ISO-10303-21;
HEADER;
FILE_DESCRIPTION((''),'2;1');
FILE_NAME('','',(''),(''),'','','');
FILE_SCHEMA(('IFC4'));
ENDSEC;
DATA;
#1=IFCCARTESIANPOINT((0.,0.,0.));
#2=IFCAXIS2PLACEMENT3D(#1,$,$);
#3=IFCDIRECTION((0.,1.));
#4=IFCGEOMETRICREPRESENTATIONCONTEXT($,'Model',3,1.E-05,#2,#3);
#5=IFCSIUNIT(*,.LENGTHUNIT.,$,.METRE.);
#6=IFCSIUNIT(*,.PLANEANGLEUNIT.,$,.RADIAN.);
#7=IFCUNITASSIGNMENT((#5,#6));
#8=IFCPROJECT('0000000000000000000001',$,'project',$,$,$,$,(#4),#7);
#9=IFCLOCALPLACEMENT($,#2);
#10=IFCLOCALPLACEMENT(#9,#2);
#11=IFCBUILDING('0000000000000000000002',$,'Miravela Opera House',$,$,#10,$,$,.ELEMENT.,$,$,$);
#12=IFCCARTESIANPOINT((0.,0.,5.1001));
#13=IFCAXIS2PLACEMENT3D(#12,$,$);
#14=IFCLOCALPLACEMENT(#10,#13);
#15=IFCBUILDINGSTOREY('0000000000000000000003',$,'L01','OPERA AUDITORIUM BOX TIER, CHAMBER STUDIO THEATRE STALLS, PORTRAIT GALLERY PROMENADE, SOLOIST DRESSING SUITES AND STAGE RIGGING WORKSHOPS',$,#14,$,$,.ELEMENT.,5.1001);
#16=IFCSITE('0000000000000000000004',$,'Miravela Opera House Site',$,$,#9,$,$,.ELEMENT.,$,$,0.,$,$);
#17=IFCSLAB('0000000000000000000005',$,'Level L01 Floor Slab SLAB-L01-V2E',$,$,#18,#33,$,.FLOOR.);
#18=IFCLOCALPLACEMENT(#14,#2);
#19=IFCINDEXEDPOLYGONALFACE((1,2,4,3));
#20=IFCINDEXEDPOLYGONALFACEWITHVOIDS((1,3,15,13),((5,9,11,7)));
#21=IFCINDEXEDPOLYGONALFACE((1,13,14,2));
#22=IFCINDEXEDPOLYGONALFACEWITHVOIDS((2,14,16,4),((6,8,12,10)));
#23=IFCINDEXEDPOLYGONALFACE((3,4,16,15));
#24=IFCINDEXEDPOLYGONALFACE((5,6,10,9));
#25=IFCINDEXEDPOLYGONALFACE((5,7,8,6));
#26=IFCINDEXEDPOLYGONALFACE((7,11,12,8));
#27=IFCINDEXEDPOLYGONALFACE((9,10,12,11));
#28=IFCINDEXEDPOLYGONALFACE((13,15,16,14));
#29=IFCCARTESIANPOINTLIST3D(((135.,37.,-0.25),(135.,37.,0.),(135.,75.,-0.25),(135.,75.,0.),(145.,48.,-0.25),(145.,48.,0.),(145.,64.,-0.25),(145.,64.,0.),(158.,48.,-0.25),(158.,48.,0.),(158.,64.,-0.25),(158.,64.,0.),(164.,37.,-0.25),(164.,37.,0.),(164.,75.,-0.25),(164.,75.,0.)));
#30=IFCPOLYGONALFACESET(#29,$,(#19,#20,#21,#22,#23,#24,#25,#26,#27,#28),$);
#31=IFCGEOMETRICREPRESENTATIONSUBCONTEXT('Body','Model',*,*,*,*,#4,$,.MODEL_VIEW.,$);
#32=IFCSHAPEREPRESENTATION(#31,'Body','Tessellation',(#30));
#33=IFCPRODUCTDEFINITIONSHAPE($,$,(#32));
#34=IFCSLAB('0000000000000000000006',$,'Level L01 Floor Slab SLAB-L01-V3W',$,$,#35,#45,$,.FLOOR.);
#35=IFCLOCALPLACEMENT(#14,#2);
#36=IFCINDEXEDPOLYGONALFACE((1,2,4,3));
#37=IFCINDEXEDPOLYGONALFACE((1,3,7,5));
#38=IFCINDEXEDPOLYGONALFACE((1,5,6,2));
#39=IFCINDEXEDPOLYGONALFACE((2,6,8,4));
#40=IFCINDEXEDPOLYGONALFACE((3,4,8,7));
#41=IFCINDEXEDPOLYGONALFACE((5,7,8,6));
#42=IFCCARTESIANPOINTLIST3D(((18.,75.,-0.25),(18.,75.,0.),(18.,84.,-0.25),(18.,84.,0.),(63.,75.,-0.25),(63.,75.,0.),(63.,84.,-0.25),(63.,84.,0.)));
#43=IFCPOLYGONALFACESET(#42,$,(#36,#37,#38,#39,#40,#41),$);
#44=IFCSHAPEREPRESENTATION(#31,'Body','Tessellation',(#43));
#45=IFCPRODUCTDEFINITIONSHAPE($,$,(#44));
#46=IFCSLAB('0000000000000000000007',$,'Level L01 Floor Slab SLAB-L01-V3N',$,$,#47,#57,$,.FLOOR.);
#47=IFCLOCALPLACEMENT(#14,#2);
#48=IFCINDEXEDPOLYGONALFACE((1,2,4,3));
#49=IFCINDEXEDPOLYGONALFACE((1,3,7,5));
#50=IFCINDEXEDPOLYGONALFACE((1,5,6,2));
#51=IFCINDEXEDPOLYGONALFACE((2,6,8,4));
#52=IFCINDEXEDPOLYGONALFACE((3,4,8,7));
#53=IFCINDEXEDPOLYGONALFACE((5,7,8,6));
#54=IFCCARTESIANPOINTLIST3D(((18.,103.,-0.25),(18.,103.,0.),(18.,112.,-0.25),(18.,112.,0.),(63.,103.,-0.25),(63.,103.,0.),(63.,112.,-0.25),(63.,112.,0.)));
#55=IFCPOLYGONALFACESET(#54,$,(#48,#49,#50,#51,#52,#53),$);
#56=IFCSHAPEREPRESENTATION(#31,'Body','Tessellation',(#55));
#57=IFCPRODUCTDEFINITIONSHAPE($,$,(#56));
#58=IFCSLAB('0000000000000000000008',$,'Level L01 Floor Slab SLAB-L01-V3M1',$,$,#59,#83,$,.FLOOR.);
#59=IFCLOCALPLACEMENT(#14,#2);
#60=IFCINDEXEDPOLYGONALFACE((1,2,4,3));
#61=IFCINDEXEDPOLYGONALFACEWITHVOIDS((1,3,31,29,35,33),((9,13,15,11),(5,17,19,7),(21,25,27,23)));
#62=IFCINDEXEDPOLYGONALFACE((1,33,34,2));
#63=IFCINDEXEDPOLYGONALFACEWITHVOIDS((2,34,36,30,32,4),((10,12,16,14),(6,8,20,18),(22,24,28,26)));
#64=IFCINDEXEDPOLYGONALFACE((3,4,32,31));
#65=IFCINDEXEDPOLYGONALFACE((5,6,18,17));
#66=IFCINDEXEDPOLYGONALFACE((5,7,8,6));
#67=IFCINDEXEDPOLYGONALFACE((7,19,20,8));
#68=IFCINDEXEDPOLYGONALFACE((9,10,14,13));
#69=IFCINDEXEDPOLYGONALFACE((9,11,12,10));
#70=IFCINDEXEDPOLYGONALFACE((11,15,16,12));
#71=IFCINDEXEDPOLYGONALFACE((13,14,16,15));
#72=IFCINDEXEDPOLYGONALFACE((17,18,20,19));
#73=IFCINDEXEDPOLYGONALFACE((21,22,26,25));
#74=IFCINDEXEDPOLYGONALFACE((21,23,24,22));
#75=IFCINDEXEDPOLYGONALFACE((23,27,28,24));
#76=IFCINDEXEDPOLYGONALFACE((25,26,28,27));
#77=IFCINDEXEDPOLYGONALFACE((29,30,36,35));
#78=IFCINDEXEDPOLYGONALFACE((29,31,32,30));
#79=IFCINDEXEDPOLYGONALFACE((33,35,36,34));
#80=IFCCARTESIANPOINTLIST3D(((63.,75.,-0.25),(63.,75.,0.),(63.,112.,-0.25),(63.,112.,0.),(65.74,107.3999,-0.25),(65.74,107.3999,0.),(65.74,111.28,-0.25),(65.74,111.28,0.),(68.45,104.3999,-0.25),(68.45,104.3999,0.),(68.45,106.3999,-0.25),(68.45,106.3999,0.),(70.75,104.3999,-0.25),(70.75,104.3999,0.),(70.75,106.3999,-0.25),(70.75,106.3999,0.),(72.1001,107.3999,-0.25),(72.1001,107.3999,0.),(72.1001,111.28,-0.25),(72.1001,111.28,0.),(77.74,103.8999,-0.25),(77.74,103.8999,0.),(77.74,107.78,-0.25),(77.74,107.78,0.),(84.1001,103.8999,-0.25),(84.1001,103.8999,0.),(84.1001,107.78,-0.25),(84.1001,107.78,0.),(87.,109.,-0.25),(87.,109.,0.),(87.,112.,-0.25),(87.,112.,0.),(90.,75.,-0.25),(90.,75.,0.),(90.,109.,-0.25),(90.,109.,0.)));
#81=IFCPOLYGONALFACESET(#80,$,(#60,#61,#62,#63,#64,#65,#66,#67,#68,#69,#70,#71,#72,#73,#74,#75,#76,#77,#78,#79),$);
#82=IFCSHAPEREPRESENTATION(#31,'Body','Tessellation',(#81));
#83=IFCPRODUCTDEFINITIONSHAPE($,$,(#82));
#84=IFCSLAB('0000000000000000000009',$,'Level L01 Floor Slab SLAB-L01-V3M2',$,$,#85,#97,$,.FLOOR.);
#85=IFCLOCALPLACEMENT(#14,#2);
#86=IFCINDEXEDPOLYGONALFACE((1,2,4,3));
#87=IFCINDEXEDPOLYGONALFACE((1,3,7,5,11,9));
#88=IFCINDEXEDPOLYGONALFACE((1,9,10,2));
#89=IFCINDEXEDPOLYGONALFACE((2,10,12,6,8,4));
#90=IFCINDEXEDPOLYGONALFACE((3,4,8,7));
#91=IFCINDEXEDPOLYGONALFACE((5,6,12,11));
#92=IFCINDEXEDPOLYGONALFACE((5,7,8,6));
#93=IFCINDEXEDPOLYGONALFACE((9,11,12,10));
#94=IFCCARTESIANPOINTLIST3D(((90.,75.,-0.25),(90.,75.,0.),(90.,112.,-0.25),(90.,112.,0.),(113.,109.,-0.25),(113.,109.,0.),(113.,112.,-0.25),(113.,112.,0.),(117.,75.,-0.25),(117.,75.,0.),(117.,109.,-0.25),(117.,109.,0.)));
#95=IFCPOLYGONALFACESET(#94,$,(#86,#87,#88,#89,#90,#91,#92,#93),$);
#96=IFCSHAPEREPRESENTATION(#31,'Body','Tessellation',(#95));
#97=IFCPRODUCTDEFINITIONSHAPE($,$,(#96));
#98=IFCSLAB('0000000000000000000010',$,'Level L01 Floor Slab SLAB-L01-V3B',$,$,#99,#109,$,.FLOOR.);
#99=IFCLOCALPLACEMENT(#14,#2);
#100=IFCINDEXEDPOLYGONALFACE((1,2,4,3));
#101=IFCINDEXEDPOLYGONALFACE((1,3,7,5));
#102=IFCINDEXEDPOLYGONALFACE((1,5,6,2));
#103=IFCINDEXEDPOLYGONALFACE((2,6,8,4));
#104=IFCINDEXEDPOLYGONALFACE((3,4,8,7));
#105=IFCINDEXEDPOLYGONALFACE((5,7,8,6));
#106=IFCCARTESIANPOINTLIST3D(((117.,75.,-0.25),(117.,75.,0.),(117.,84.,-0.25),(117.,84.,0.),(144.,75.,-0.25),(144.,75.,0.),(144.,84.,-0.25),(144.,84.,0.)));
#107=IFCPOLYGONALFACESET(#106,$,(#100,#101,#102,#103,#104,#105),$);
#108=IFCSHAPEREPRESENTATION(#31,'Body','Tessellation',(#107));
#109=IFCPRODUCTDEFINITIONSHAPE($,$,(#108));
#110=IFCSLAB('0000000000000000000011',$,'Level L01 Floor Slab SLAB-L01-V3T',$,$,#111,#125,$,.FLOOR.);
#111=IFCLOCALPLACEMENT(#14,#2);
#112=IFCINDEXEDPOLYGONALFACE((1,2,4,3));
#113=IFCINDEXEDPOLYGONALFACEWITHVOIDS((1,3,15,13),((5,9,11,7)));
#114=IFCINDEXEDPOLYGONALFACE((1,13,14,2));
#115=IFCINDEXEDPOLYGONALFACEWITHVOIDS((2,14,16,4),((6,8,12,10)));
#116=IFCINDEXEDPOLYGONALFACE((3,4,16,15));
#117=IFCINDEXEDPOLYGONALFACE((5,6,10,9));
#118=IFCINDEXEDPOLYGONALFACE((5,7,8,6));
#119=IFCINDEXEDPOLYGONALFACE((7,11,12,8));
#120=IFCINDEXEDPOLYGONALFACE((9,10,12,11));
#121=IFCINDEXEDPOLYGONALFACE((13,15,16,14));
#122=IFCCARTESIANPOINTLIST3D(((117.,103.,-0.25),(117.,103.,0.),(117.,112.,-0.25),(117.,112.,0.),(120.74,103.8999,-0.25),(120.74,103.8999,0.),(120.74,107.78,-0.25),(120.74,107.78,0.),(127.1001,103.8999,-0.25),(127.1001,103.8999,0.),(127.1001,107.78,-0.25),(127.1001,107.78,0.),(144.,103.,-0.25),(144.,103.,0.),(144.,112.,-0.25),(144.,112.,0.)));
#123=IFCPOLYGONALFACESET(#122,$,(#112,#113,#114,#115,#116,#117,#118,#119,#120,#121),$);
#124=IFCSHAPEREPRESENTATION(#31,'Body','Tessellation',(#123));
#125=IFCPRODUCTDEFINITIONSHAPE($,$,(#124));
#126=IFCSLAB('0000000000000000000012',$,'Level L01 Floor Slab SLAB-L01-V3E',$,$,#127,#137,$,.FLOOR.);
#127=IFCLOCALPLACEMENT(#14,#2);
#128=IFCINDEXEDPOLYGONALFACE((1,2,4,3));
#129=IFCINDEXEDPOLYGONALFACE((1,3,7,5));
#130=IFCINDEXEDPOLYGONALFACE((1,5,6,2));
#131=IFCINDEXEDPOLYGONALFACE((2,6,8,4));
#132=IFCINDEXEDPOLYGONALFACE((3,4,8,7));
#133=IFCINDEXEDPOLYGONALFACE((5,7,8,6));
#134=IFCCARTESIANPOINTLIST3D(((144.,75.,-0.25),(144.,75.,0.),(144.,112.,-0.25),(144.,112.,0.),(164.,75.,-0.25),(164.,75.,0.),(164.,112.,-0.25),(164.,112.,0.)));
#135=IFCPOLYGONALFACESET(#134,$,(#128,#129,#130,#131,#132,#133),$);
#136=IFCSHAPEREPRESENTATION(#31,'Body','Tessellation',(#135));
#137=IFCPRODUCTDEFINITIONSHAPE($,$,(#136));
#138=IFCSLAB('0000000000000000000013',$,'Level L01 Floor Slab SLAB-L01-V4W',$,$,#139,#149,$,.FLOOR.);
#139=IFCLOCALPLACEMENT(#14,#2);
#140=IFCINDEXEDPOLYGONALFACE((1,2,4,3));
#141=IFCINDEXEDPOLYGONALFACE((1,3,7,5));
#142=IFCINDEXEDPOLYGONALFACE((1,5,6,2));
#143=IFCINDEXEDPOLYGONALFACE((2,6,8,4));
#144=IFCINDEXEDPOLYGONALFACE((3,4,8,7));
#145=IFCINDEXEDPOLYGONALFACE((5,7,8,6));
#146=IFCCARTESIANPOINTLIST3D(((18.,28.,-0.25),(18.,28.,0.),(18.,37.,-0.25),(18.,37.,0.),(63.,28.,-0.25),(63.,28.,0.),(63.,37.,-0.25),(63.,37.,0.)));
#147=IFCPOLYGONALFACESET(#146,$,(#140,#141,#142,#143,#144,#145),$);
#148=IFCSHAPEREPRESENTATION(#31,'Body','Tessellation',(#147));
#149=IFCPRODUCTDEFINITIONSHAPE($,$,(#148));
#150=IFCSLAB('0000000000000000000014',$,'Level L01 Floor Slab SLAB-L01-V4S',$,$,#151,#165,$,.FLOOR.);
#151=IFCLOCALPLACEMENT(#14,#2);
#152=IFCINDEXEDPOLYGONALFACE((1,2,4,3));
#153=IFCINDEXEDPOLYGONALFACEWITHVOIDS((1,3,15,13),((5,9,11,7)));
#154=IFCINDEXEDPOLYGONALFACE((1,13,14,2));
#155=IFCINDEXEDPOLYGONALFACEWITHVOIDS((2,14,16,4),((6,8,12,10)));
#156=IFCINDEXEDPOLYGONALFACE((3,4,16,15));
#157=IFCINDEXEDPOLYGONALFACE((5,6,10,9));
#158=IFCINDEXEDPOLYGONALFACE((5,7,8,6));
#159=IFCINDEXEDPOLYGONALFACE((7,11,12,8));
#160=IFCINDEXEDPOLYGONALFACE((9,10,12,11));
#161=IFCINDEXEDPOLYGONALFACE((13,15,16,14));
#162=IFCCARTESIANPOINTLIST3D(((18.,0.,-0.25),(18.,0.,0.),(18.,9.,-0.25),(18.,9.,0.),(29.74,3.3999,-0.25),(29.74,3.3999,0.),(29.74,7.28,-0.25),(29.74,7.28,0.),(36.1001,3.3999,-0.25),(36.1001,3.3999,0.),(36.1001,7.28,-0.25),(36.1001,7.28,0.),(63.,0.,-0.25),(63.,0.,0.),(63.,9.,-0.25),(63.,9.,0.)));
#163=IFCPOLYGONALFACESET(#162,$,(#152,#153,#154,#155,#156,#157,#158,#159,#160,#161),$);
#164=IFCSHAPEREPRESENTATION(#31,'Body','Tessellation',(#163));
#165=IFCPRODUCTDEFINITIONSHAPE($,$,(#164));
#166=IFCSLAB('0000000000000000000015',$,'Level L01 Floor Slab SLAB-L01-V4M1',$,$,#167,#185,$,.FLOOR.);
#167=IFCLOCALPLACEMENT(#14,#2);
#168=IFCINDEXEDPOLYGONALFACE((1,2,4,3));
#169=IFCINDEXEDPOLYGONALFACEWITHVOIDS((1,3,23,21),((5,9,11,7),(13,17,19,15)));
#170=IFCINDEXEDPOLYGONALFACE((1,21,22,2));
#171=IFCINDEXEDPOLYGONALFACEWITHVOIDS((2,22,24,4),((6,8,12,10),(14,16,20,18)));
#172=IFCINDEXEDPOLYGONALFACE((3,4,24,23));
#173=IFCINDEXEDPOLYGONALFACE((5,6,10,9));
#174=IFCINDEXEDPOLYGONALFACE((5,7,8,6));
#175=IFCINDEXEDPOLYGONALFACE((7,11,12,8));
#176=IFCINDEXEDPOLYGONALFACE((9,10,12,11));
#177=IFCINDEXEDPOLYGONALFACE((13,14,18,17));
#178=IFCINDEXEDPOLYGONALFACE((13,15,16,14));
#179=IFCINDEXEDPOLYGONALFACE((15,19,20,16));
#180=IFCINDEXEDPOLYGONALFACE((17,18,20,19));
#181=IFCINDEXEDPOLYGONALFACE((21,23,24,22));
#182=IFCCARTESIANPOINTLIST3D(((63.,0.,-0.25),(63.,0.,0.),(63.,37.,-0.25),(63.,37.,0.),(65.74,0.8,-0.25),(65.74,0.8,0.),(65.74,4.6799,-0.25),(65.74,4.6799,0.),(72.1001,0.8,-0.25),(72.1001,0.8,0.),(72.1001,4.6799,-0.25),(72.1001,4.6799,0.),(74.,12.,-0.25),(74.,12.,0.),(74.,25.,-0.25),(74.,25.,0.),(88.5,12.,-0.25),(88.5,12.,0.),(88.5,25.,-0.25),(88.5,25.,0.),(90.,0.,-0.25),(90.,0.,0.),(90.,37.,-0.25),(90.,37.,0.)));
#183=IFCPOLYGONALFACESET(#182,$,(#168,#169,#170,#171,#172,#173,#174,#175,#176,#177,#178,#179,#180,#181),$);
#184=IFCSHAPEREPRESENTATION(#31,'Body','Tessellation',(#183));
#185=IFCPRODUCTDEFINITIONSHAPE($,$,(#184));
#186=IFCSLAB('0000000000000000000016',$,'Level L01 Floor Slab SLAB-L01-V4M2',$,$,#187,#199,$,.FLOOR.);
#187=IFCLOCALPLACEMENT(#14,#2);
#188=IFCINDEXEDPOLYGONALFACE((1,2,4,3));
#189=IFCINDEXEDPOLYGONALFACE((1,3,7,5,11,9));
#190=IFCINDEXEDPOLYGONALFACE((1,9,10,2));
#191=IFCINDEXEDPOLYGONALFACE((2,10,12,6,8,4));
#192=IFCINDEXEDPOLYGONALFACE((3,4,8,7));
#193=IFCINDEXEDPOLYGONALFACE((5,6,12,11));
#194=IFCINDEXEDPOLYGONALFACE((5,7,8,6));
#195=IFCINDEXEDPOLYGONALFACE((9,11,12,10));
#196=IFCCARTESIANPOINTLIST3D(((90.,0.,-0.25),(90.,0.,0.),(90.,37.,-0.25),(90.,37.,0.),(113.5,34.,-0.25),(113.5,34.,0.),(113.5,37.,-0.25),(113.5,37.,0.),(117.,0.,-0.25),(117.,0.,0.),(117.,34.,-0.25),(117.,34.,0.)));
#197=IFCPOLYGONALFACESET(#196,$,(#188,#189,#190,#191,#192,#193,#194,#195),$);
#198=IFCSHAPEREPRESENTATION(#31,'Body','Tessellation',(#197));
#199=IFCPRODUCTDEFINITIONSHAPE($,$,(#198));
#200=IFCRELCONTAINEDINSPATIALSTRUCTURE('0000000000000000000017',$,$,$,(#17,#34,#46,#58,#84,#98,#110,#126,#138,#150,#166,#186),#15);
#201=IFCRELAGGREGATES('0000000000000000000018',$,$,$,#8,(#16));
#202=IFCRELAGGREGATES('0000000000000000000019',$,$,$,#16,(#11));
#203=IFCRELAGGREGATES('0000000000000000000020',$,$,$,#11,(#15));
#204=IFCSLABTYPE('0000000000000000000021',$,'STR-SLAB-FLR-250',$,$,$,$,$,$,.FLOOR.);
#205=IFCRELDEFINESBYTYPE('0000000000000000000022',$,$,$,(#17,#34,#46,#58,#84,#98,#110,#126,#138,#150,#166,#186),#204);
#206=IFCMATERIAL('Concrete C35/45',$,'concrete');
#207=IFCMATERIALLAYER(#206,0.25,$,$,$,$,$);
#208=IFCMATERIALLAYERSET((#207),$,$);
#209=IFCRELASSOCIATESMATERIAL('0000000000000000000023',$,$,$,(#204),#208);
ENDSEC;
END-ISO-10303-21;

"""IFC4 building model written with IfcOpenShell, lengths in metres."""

from ifc_helpers import new_model, si_unit, direction, frame, origin, place, context, subcontext, project, spatial, polyline, outline, extrude, material, layer, layer_set, type_object, element, save


model = new_model("IFC4")

# Units and contexts
model_context = context("Model", 3, precision=1e-05, world=origin(), true_north=direction((0.0, 1.0)))
body_context = subcontext(model_context, "Body", "Model", "MODEL_VIEW")
ifc_project = project(units=[si_unit("LENGTHUNIT", "METRE"), si_unit("PLANEANGLEUNIT", "RADIAN")], contexts=[model_context])

# Site, building, storey
site_placement = place(None, origin())
site = spatial("IfcSite", under=ifc_project, at=site_placement, Name="Miravela Opera House Site", CompositionType="ELEMENT", RefElevation=0.0)
building_placement = place(site_placement, origin())
building = spatial("IfcBuilding", under=site, at=building_placement, Name="Miravela Opera House", CompositionType="ELEMENT")
storey_placement = place(building_placement, frame((0.0, 0.0, 5.1001)))
storey = spatial("IfcBuildingStorey", under=building, at=storey_placement, Name="L01", Description="OPERA AUDITORIUM BOX TIER, CHAMBER STUDIO THEATRE STALLS, PORTRAIT GALLERY PROMENADE, SOLOIST DRESSING SUITES AND STAGE RIGGING WORKSHOPS", CompositionType="ELEMENT", Elevation=5.1001)

# Slabs
ifc_material_1 = material(Name="Concrete C35/45", Category="concrete")
ifc_layer_1 = layer(ifc_material_1, 0.25)
ifc_layer_set_1 = layer_set([ifc_layer_1])
slab_type_1 = type_object("IfcSlabType", Name="STR-SLAB-FLR-250", PredefinedType="FLOOR", material=ifc_layer_set_1)
slab_1_placement = place(storey_placement, frame((0.0, 0.0, -0.25)))
element("IfcSlab", 1, at=slab_1_placement, inside=storey, type_object=slab_type_1, Name="Level L01 Floor Slab SLAB-L01-V2E", PredefinedType="FLOOR", context=body_context, shape_type="SweptSolid", body=[
    extrude(outline(polyline([(135.0, 37.0), (164.0, 37.0), (164.0, 75.0), (135.0, 75.0), (135.0, 37.0)]), holes=[polyline([(145.0, 48.0), (158.0, 48.0), (158.0, 64.0), (145.0, 64.0), (145.0, 48.0)])]), origin(), (0.0, 0.0, 1.0), 0.25),
])
slab_2_placement = place(storey_placement, frame((0.0, 0.0, -0.25)))
element("IfcSlab", 2, at=slab_2_placement, inside=storey, type_object=slab_type_1, Name="Level L01 Floor Slab SLAB-L01-V3W", PredefinedType="FLOOR", context=body_context, shape_type="SweptSolid", body=[
    extrude(outline(polyline([(18.0, 75.0), (63.0, 75.0), (63.0, 84.0), (18.0, 84.0), (18.0, 75.0)])), origin(), (0.0, 0.0, 1.0), 0.25),
])
slab_3_placement = place(storey_placement, frame((0.0, 0.0, -0.25)))
element("IfcSlab", 3, at=slab_3_placement, inside=storey, type_object=slab_type_1, Name="Level L01 Floor Slab SLAB-L01-V3N", PredefinedType="FLOOR", context=body_context, shape_type="SweptSolid", body=[
    extrude(outline(polyline([(18.0, 103.0), (63.0, 103.0), (63.0, 112.0), (18.0, 112.0), (18.0, 103.0)])), origin(), (0.0, 0.0, 1.0), 0.25),
])
slab_4_placement = place(storey_placement, frame((0.0, 0.0, -0.25)))
element("IfcSlab", 4, at=slab_4_placement, inside=storey, type_object=slab_type_1, Name="Level L01 Floor Slab SLAB-L01-V3M1", PredefinedType="FLOOR", context=body_context, shape_type="SweptSolid", body=[
    extrude(outline(polyline([(63.0, 75.0), (90.0, 75.0), (90.0, 109.0), (87.0, 109.0), (87.0, 112.0), (63.0, 112.0), (63.0, 75.0)]), holes=[polyline([(65.74, 107.3999), (72.1001, 107.3999), (72.1001, 111.28), (65.74, 111.28), (65.74, 107.3999)]), polyline([(77.74, 103.8999), (84.1001, 103.8999), (84.1001, 107.78), (77.74, 107.78), (77.74, 103.8999)]), polyline([(68.45, 104.3999), (70.75, 104.3999), (70.75, 106.3999), (68.45, 106.3999), (68.45, 104.3999)])]), origin(), (0.0, 0.0, 1.0), 0.25),
])
slab_5_placement = place(storey_placement, frame((0.0, 0.0, -0.25)))
element("IfcSlab", 5, at=slab_5_placement, inside=storey, type_object=slab_type_1, Name="Level L01 Floor Slab SLAB-L01-V3M2", PredefinedType="FLOOR", context=body_context, shape_type="SweptSolid", body=[
    extrude(outline(polyline([(90.0, 75.0), (117.0, 75.0), (117.0, 109.0), (113.0, 109.0), (113.0, 112.0), (90.0, 112.0), (90.0, 75.0)])), origin(), (0.0, 0.0, 1.0), 0.25),
])
slab_6_placement = place(storey_placement, frame((0.0, 0.0, -0.25)))
element("IfcSlab", 6, at=slab_6_placement, inside=storey, type_object=slab_type_1, Name="Level L01 Floor Slab SLAB-L01-V3B", PredefinedType="FLOOR", context=body_context, shape_type="SweptSolid", body=[
    extrude(outline(polyline([(117.0, 75.0), (144.0, 75.0), (144.0, 84.0), (117.0, 84.0), (117.0, 75.0)])), origin(), (0.0, 0.0, 1.0), 0.25),
])
slab_7_placement = place(storey_placement, frame((0.0, 0.0, -0.25)))
element("IfcSlab", 7, at=slab_7_placement, inside=storey, type_object=slab_type_1, Name="Level L01 Floor Slab SLAB-L01-V3T", PredefinedType="FLOOR", context=body_context, shape_type="SweptSolid", body=[
    extrude(outline(polyline([(117.0, 103.0), (144.0, 103.0), (144.0, 112.0), (117.0, 112.0), (117.0, 103.0)]), holes=[polyline([(120.74, 103.8999), (127.1001, 103.8999), (127.1001, 107.78), (120.74, 107.78), (120.74, 103.8999)])]), origin(), (0.0, 0.0, 1.0), 0.25),
])
slab_8_placement = place(storey_placement, frame((0.0, 0.0, -0.25)))
element("IfcSlab", 8, at=slab_8_placement, inside=storey, type_object=slab_type_1, Name="Level L01 Floor Slab SLAB-L01-V3E", PredefinedType="FLOOR", context=body_context, shape_type="SweptSolid", body=[
    extrude(outline(polyline([(144.0, 75.0), (164.0, 75.0), (164.0, 112.0), (144.0, 112.0), (144.0, 75.0)])), origin(), (0.0, 0.0, 1.0), 0.25),
])
slab_9_placement = place(storey_placement, frame((0.0, 0.0, -0.25)))
element("IfcSlab", 9, at=slab_9_placement, inside=storey, type_object=slab_type_1, Name="Level L01 Floor Slab SLAB-L01-V4W", PredefinedType="FLOOR", context=body_context, shape_type="SweptSolid", body=[
    extrude(outline(polyline([(18.0, 28.0), (63.0, 28.0), (63.0, 37.0), (18.0, 37.0), (18.0, 28.0)])), origin(), (0.0, 0.0, 1.0), 0.25),
])
slab_10_placement = place(storey_placement, frame((0.0, 0.0, -0.25)))
element("IfcSlab", 10, at=slab_10_placement, inside=storey, type_object=slab_type_1, Name="Level L01 Floor Slab SLAB-L01-V4S", PredefinedType="FLOOR", context=body_context, shape_type="SweptSolid", body=[
    extrude(outline(polyline([(18.0, 0.0), (63.0, 0.0), (63.0, 9.0), (18.0, 9.0), (18.0, 0.0)]), holes=[polyline([(29.74, 3.3999), (36.1001, 3.3999), (36.1001, 7.28), (29.74, 7.28), (29.74, 3.3999)])]), origin(), (0.0, 0.0, 1.0), 0.25),
])
slab_11_placement = place(storey_placement, frame((0.0, 0.0, -0.25)))
element("IfcSlab", 11, at=slab_11_placement, inside=storey, type_object=slab_type_1, Name="Level L01 Floor Slab SLAB-L01-V4M1", PredefinedType="FLOOR", context=body_context, shape_type="SweptSolid", body=[
    extrude(outline(polyline([(63.0, 0.0), (90.0, 0.0), (90.0, 37.0), (63.0, 37.0), (63.0, 0.0)]), holes=[polyline([(65.74, 0.8), (72.1001, 0.8), (72.1001, 4.6799), (65.74, 4.6799), (65.74, 0.8)]), polyline([(74.0, 12.0), (88.5, 12.0), (88.5, 25.0), (74.0, 25.0), (74.0, 12.0)])]), origin(), (0.0, 0.0, 1.0), 0.25),
])
slab_12_placement = place(storey_placement, frame((0.0, 0.0, -0.25)))
element("IfcSlab", 12, at=slab_12_placement, inside=storey, type_object=slab_type_1, Name="Level L01 Floor Slab SLAB-L01-V4M2", PredefinedType="FLOOR", context=body_context, shape_type="SweptSolid", body=[
    extrude(outline(polyline([(90.0, 0.0), (117.0, 0.0), (117.0, 34.0), (113.5, 34.0), (113.5, 37.0), (90.0, 37.0), (90.0, 0.0)])), origin(), (0.0, 0.0, 1.0), 0.25),
])

save(model, "model.ifc")
